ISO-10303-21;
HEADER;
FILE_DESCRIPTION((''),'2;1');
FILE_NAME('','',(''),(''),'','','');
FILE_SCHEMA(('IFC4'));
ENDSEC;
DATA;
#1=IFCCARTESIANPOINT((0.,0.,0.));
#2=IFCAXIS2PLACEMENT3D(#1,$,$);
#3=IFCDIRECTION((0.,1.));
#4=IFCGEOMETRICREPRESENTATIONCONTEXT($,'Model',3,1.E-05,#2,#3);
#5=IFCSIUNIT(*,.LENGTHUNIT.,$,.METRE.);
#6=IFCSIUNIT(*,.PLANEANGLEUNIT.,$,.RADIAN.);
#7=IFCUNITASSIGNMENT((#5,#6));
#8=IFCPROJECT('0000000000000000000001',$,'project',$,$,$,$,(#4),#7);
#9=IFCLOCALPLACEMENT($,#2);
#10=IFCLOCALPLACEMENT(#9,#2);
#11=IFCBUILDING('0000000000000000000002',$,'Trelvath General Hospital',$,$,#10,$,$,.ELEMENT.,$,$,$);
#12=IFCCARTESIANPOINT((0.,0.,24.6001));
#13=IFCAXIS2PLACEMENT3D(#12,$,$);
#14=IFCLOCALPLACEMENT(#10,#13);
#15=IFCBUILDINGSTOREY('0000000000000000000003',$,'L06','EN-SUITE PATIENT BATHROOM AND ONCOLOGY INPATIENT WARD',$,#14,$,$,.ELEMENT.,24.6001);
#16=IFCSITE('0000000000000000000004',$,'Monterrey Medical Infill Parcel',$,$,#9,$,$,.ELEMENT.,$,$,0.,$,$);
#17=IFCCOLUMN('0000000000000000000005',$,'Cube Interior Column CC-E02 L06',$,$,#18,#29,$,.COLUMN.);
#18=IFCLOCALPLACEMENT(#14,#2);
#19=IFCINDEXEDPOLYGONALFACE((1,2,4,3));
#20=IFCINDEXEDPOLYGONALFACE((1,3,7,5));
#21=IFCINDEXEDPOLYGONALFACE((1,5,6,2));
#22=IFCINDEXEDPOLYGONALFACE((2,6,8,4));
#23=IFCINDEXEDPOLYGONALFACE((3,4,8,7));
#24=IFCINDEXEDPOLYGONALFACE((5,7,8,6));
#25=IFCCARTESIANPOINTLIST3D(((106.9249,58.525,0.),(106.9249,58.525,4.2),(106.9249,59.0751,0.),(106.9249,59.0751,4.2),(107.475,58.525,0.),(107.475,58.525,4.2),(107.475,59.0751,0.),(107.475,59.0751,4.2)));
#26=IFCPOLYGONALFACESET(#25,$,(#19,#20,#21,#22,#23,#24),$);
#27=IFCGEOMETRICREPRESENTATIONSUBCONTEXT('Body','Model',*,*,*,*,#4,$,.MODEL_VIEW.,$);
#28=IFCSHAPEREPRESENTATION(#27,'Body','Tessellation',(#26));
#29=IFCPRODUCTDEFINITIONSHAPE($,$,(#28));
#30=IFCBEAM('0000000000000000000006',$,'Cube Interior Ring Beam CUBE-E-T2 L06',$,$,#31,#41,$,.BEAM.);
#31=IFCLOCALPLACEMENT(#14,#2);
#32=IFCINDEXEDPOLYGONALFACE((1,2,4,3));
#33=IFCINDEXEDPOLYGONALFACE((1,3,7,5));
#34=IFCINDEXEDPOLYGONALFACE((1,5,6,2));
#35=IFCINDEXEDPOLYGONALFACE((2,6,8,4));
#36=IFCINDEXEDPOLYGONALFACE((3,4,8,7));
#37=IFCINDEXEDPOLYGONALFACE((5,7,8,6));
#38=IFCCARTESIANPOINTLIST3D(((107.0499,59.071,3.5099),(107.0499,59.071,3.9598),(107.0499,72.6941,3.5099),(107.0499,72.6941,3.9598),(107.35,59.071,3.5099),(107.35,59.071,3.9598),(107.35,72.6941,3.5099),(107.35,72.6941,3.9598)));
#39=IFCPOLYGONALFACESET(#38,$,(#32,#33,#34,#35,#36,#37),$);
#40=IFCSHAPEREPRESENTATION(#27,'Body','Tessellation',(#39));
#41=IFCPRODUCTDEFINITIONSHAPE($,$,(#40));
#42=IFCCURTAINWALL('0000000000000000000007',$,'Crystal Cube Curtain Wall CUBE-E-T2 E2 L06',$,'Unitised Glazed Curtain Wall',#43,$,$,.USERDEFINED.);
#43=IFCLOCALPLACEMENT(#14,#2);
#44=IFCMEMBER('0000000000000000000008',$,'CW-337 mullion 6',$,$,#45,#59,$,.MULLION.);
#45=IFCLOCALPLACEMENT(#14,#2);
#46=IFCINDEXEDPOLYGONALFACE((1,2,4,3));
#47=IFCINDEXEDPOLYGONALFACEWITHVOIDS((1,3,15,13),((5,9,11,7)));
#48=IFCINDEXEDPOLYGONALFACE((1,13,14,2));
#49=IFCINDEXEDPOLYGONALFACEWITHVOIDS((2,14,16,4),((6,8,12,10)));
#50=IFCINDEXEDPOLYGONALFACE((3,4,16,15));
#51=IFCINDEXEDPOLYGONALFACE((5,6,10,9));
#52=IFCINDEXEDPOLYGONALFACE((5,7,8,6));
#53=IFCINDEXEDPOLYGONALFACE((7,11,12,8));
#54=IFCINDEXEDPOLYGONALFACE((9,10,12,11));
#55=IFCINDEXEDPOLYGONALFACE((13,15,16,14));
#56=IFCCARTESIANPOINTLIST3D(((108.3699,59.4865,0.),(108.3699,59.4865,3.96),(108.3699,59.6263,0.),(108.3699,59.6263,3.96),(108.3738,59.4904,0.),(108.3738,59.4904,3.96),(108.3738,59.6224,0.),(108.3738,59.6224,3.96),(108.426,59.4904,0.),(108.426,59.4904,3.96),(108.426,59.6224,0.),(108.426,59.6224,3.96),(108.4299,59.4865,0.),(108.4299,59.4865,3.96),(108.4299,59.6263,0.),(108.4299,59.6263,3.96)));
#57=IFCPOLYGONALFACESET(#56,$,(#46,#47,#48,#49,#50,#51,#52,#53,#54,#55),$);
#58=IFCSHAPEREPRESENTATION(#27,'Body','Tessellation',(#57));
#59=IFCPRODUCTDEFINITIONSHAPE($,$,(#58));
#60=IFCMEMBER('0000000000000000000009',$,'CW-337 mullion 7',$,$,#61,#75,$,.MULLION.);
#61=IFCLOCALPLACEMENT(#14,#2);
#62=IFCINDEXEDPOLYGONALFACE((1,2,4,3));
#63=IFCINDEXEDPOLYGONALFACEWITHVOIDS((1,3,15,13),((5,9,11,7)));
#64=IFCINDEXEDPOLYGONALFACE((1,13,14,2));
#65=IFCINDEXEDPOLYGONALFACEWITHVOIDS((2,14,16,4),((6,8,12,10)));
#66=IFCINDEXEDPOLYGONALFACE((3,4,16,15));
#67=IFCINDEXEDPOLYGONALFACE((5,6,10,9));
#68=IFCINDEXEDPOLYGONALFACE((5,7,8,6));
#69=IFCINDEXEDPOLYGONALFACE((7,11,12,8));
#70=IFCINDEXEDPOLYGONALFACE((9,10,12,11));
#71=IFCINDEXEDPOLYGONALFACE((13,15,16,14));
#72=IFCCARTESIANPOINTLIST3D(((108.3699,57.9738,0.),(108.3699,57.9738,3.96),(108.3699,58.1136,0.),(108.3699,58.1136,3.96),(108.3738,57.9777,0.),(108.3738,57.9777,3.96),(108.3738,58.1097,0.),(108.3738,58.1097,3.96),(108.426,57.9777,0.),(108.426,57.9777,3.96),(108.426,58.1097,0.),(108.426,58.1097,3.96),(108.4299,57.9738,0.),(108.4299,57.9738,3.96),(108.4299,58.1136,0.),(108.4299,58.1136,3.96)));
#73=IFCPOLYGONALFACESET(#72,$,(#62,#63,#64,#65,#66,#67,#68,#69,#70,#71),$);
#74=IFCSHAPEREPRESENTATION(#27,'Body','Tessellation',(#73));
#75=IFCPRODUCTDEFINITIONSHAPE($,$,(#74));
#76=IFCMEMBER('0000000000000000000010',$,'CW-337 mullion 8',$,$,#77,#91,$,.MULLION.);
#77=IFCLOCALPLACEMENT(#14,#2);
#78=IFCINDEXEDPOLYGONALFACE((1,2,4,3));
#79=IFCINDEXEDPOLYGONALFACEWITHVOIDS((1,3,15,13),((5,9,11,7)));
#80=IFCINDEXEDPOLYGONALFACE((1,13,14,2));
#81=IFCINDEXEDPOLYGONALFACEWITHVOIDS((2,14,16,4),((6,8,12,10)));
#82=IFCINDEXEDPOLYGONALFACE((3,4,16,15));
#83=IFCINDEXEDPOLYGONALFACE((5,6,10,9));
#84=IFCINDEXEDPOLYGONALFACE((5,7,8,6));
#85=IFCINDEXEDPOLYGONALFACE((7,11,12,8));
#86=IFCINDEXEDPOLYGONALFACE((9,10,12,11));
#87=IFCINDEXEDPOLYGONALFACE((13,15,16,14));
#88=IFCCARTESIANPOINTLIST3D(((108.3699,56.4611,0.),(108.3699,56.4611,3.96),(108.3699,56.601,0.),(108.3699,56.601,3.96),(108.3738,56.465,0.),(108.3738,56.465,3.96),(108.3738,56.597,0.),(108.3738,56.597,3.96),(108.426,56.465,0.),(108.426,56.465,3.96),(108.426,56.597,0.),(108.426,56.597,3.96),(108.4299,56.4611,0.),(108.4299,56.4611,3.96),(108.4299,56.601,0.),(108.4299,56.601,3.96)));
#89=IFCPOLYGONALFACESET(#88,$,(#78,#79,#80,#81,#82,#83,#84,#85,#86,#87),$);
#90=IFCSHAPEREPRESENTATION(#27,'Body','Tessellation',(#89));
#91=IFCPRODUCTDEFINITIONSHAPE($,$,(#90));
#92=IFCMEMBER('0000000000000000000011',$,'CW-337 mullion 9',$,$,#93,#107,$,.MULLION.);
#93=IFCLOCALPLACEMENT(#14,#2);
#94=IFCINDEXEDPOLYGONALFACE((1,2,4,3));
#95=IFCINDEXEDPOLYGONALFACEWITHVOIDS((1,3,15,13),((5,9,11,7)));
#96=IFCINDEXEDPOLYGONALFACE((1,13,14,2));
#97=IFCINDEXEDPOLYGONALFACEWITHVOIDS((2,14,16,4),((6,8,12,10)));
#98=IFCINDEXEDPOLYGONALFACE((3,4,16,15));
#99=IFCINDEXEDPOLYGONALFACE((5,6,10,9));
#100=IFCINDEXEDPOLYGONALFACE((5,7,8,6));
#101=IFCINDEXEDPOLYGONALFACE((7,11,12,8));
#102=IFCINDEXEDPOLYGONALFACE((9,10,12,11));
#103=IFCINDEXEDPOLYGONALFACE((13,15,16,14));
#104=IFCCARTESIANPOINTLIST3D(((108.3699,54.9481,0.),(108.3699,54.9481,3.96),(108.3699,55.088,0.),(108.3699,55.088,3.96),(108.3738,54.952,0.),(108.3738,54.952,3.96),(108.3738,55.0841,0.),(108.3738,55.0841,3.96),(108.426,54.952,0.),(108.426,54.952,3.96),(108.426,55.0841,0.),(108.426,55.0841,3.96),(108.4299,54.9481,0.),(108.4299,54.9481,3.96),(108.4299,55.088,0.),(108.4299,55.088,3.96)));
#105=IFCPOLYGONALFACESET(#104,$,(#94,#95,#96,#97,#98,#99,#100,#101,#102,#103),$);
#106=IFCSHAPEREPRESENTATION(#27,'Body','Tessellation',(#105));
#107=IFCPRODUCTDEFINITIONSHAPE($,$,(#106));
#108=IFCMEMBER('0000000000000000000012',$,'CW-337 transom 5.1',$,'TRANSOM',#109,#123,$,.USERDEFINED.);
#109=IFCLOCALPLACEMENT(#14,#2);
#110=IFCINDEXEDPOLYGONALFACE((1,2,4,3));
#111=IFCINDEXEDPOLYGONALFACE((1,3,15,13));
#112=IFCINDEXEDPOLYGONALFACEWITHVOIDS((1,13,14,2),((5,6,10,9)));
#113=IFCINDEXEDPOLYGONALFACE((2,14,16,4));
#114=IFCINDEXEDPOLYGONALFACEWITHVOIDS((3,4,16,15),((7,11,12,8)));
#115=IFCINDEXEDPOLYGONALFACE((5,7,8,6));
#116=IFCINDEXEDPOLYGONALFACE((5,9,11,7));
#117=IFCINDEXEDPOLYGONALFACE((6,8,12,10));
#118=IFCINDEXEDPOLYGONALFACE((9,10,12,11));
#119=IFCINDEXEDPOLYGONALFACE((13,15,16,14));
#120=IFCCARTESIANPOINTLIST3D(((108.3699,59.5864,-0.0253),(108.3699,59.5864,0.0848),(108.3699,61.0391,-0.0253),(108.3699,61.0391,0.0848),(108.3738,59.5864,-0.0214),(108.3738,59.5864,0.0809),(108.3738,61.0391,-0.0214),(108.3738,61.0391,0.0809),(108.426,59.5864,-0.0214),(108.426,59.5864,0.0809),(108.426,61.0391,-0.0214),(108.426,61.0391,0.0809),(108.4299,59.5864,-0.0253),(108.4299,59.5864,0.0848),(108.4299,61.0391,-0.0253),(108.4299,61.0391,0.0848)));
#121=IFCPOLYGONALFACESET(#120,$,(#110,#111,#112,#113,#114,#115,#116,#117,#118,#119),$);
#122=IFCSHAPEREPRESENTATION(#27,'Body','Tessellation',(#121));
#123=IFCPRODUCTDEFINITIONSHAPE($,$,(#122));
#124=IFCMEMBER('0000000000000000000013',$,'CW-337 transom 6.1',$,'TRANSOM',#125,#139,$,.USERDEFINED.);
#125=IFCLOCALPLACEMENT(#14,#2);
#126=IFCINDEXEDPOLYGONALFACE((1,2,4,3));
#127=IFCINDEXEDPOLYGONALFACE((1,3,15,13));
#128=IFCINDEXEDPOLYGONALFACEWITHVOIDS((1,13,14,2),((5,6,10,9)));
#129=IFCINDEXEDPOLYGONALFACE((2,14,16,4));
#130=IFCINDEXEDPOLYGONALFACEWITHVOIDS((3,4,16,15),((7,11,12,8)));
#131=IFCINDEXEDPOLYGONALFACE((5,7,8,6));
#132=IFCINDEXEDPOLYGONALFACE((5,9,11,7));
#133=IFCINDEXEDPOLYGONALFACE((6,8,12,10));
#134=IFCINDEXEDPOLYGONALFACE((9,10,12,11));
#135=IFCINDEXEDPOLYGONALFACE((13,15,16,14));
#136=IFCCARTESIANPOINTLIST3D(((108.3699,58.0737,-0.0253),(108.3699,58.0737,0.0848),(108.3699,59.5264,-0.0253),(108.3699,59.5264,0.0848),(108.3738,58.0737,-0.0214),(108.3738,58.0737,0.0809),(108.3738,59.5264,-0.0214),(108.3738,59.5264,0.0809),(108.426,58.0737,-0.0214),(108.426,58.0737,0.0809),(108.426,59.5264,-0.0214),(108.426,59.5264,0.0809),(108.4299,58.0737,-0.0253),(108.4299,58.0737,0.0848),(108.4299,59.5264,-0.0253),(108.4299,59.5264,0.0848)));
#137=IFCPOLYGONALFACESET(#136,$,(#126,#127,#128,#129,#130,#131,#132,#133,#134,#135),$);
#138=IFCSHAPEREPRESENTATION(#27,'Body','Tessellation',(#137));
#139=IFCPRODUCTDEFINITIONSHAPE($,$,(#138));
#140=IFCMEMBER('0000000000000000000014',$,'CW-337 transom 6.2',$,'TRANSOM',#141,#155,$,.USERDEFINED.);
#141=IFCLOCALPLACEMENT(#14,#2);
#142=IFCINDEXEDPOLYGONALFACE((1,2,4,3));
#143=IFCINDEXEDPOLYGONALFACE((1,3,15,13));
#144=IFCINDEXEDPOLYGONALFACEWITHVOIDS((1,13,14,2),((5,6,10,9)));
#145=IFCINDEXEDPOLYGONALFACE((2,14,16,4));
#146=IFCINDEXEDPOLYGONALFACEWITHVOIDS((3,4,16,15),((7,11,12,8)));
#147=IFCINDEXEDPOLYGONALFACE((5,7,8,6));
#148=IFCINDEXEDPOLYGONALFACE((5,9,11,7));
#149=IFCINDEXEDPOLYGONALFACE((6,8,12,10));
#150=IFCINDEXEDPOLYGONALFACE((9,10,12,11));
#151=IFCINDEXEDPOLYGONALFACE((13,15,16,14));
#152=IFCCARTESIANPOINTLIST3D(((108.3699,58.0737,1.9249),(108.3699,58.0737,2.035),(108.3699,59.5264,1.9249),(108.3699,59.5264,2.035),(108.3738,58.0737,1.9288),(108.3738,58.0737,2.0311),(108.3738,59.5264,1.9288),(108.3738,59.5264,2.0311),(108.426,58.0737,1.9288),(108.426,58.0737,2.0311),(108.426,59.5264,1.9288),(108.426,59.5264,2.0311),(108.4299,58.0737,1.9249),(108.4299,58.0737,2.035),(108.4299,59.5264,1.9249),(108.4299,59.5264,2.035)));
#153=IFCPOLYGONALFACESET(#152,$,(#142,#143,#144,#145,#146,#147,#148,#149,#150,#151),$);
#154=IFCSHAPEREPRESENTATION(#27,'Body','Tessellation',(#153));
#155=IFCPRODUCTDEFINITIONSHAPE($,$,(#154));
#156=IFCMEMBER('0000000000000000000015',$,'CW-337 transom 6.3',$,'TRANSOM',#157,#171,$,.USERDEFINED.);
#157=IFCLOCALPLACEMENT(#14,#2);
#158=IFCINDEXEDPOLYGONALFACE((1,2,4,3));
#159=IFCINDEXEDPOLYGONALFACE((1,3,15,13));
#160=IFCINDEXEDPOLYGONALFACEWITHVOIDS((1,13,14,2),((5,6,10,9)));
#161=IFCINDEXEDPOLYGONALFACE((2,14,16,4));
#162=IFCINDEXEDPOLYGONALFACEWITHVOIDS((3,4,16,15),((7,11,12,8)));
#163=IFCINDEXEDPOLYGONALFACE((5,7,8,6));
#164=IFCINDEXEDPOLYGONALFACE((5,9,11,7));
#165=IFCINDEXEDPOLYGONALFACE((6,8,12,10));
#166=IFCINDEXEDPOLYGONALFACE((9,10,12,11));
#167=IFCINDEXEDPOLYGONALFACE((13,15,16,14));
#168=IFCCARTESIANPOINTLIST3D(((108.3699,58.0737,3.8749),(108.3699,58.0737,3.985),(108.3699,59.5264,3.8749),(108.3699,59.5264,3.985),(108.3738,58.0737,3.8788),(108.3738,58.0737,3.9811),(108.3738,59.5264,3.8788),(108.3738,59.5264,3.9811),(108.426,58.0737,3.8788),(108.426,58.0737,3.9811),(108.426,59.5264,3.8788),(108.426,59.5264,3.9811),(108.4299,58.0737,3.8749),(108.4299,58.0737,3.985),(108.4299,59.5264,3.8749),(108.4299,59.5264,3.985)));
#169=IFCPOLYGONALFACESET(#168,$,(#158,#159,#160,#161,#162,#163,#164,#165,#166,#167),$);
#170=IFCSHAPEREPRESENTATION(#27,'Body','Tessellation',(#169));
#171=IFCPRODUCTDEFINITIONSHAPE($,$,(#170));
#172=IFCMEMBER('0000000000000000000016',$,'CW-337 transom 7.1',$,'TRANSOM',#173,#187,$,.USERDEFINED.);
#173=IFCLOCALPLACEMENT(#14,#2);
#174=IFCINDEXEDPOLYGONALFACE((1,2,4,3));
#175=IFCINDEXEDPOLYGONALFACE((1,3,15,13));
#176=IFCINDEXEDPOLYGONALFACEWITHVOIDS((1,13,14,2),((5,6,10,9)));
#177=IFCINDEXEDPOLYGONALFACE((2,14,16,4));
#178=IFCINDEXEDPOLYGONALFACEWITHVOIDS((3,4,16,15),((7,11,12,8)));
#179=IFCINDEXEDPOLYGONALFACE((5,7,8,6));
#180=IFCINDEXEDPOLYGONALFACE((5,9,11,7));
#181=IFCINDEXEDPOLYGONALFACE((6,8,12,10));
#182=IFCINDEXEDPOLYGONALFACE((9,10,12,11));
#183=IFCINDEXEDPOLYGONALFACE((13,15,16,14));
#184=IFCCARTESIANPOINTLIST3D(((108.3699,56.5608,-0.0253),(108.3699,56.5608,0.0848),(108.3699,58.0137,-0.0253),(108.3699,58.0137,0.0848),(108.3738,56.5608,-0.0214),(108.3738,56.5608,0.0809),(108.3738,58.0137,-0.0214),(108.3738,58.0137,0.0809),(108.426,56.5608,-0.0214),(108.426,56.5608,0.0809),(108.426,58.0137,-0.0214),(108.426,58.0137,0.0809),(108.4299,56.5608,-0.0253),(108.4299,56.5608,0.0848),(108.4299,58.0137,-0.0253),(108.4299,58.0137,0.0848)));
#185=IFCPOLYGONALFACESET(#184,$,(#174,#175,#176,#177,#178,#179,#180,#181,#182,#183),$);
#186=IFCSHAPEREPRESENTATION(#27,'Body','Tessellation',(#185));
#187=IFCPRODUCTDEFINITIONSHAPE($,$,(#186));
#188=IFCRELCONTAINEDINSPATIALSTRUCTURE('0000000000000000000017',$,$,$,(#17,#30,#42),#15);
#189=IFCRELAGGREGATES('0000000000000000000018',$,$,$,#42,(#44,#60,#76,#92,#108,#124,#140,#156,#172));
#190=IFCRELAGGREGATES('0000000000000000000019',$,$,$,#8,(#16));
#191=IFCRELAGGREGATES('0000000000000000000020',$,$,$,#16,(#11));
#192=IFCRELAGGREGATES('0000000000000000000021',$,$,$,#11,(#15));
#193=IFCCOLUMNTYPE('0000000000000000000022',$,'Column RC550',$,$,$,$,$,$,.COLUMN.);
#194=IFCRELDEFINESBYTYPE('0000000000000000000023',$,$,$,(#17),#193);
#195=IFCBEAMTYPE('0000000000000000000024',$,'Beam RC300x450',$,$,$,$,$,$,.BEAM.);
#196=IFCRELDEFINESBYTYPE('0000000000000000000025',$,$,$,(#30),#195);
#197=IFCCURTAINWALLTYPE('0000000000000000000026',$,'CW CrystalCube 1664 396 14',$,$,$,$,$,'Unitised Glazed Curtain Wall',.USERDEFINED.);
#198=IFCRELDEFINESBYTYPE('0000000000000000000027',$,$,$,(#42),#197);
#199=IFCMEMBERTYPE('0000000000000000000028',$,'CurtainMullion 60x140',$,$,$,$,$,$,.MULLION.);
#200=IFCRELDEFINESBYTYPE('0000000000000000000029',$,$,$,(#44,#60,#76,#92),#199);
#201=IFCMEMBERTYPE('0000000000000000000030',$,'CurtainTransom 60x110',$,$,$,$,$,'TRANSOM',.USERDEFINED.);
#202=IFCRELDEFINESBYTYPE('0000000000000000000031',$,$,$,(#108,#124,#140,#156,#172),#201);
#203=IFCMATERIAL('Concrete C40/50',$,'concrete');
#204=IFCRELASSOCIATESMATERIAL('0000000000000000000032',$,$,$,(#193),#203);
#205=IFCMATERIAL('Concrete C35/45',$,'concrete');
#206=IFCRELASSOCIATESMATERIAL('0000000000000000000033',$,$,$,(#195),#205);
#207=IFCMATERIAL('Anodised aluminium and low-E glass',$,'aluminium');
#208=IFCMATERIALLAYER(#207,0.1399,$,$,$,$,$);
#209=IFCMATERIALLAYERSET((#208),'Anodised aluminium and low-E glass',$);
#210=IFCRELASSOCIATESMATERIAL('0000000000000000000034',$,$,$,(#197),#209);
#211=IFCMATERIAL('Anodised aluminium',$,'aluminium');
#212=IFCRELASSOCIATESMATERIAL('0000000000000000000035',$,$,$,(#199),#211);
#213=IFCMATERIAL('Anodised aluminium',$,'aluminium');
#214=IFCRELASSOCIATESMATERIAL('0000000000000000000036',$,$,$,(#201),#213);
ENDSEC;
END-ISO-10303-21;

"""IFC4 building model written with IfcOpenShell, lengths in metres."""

from ifc_helpers import new_model, si_unit, direction, frame, origin, origin_2d, place, context, subcontext, project, spatial, rectangle, hollow_rectangle, extrude, material, layer, layer_set, material_profile, profile_set, type_object, element, aggregate, save


model = new_model("IFC4")

# Units and contexts
model_context = context("Model", 3, precision=1e-05, world=origin(), true_north=direction((0.0, 1.0)))
body_context = subcontext(model_context, "Body", "Model", "MODEL_VIEW")
ifc_project = project(units=[si_unit("LENGTHUNIT", "METRE"), si_unit("PLANEANGLEUNIT", "RADIAN")], contexts=[model_context])

# Site, building, storey
site_placement = place(None, origin())
site = spatial("IfcSite", under=ifc_project, at=site_placement, Name="Monterrey Medical Infill Parcel", CompositionType="ELEMENT", RefElevation=0.0)
building_placement = place(site_placement, origin())
building = spatial("IfcBuilding", under=site, at=building_placement, Name="Trelvath General Hospital", CompositionType="ELEMENT")
storey_placement = place(building_placement, frame((0.0, 0.0, 24.6001)))
storey = spatial("IfcBuildingStorey", under=building, at=storey_placement, Name="L06", Description="EN-SUITE PATIENT BATHROOM AND ONCOLOGY INPATIENT WARD", CompositionType="ELEMENT", Elevation=24.6001)

# Column
ifc_material_1 = material(Name="Concrete C40/50", Category="concrete")
ifc_material_profile_1 = material_profile(ifc_material_1, rectangle(XDim=0.55, YDim=0.55, at=origin_2d()), Name="RC550x550")
ifc_profile_set_1 = profile_set([ifc_material_profile_1], Name="Concrete C40/50")
column_type = type_object("IfcColumnType", Name="Column RC550", PredefinedType="COLUMN", material=ifc_profile_set_1)
column_placement = place(storey_placement, frame((107.2, 58.8, 0.0), z_axis=(0.0, 0.0, 1.0), x_axis=(1.0, 0.0, 0.0)))
element("IfcColumn", 1, at=column_placement, inside=storey, type_object=column_type, Name="Cube Interior Column CC-E02 L06", PredefinedType="COLUMN", context=body_context, shape_type="SweptSolid", body=[
    extrude(rectangle(XDim=0.55, YDim=0.55, at=origin_2d()), origin(), (0.0, 0.0, 1.0), 4.2),
])

# Beam
ifc_material_2 = material(Name="Concrete C35/45", Category="concrete")
ifc_material_profile_2 = material_profile(ifc_material_2, rectangle(XDim=0.3, YDim=0.45, at=origin_2d()), Name="RCB300x450")
ifc_profile_set_2 = profile_set([ifc_material_profile_2], Name="Concrete C35/45")
beam_type = type_object("IfcBeamType", Name="Beam RC300x450", PredefinedType="BEAM", material=ifc_profile_set_2)
beam_placement = place(storey_placement, frame((107.2, 59.071, 3.7349), z_axis=(0.0, 1.0, 0.0), x_axis=(-1.0, 0.0, 0.0)))
element("IfcBeam", 2, at=beam_placement, inside=storey, type_object=beam_type, Name="Cube Interior Ring Beam CUBE-E-T2 L06", PredefinedType="BEAM", context=body_context, shape_type="SweptSolid", body=[
    extrude(rectangle(XDim=0.3, YDim=0.45, at=origin_2d()), origin(), (0.0, 0.0, 1.0), 13.623),
])

# Curtain wall, members
ifc_material_3 = material(Name="Anodised aluminium and low-E glass", Category="aluminium")
ifc_layer_1 = layer(ifc_material_3, 0.1399)
ifc_layer_set_1 = layer_set([ifc_layer_1], Name="Anodised aluminium and low-E glass")
curtain_wall_type = type_object("IfcCurtainWallType", Name="CW CrystalCube 1664 396 14", ElementType="Unitised Glazed Curtain Wall", PredefinedType="USERDEFINED", material=ifc_layer_set_1)
curtain_wall_placement = place(storey_placement, origin())
curtain_wall = element("IfcCurtainWall", 3, at=curtain_wall_placement, inside=storey, type_object=curtain_wall_type, Name="Crystal Cube Curtain Wall CUBE-E-T2 E2 L06", ObjectType="Unitised Glazed Curtain Wall", PredefinedType="USERDEFINED")
ifc_material_4 = material(Name="Anodised aluminium", Category="aluminium")
ifc_material_profile_3 = material_profile(ifc_material_4, hollow_rectangle(XDim=0.0601, YDim=0.1399, WallThickness=0.0039, at=origin_2d()), Name="RHS60x140x4")
ifc_profile_set_3 = profile_set([ifc_material_profile_3], Name="Anodised aluminium")
member_type_1 = type_object("IfcMemberType", Name="CurtainMullion 60x140", PredefinedType="MULLION", material=ifc_profile_set_3)
member_1_placement = place(storey_placement, frame((108.3999, 59.5564, 0.0), z_axis=(0.0, 0.0, 1.0), x_axis=(1.0, 0.0, 0.0)))
member_1 = element("IfcMember", 4, at=member_1_placement, type_object=member_type_1, Name="CW-337 mullion 6", PredefinedType="MULLION", context=body_context, shape_type="SweptSolid", body=[
    extrude(hollow_rectangle(XDim=0.0601, YDim=0.1399, WallThickness=0.0039, at=origin_2d()), origin(), (0.0, 0.0, 1.0), 3.96),
])
member_2_placement = place(storey_placement, frame((108.3999, 58.0437, 0.0), z_axis=(0.0, 0.0, 1.0), x_axis=(1.0, 0.0, 0.0)))
member_2 = element("IfcMember", 5, at=member_2_placement, type_object=member_type_1, Name="CW-337 mullion 7", PredefinedType="MULLION", context=body_context, shape_type="SweptSolid", body=[
    extrude(hollow_rectangle(XDim=0.0601, YDim=0.1399, WallThickness=0.0039, at=origin_2d()), origin(), (0.0, 0.0, 1.0), 3.96),
])
member_3_placement = place(storey_placement, frame((108.3999, 56.531, 0.0), z_axis=(0.0, 0.0, 1.0), x_axis=(1.0, 0.0, 0.0)))
member_3 = element("IfcMember", 6, at=member_3_placement, type_object=member_type_1, Name="CW-337 mullion 8", PredefinedType="MULLION", context=body_context, shape_type="SweptSolid", body=[
    extrude(hollow_rectangle(XDim=0.0601, YDim=0.1399, WallThickness=0.0039, at=origin_2d()), origin(), (0.0, 0.0, 1.0), 3.96),
])
member_4_placement = place(storey_placement, frame((108.3999, 55.0181, 0.0), z_axis=(0.0, 0.0, 1.0), x_axis=(1.0, 0.0, 0.0)))
member_4 = element("IfcMember", 7, at=member_4_placement, type_object=member_type_1, Name="CW-337 mullion 9", PredefinedType="MULLION", context=body_context, shape_type="SweptSolid", body=[
    extrude(hollow_rectangle(XDim=0.0601, YDim=0.1399, WallThickness=0.0039, at=origin_2d()), origin(), (0.0, 0.0, 1.0), 3.96),
])
ifc_material_5 = material(Name="Anodised aluminium", Category="aluminium")
ifc_material_profile_4 = material_profile(ifc_material_5, hollow_rectangle(XDim=0.0601, YDim=0.1101, WallThickness=0.0039, at=origin_2d()), Name="RHS60x110x4")
ifc_profile_set_4 = profile_set([ifc_material_profile_4], Name="Anodised aluminium")
member_type_2 = type_object("IfcMemberType", Name="CurtainTransom 60x110", ElementType="TRANSOM", PredefinedType="USERDEFINED", material=ifc_profile_set_4)
member_5_placement = place(storey_placement, frame((108.3999, 61.0391, 0.0298), z_axis=(0.0, -1.0, 0.0), x_axis=(1.0, 0.0, 0.0)))
member_5 = element("IfcMember", 8, at=member_5_placement, type_object=member_type_2, Name="CW-337 transom 5.1", ObjectType="TRANSOM", PredefinedType="USERDEFINED", context=body_context, shape_type="SweptSolid", body=[
    extrude(hollow_rectangle(XDim=0.0601, YDim=0.1101, WallThickness=0.0039, at=origin_2d()), origin(), (0.0, 0.0, 1.0), 1.4526),
])
member_6_placement = place(storey_placement, frame((108.3999, 59.5264, 0.0298), z_axis=(0.0, -1.0, 0.0), x_axis=(1.0, 0.0, 0.0)))
member_6 = element("IfcMember", 9, at=member_6_placement, type_object=member_type_2, Name="CW-337 transom 6.1", ObjectType="TRANSOM", PredefinedType="USERDEFINED", context=body_context, shape_type="SweptSolid", body=[
    extrude(hollow_rectangle(XDim=0.0601, YDim=0.1101, WallThickness=0.0039, at=origin_2d()), origin(), (0.0, 0.0, 1.0), 1.4526),
])
member_7_placement = place(storey_placement, frame((108.3999, 59.5264, 1.98), z_axis=(0.0, -1.0, 0.0), x_axis=(1.0, 0.0, 0.0)))
member_7 = element("IfcMember", 10, at=member_7_placement, type_object=member_type_2, Name="CW-337 transom 6.2", ObjectType="TRANSOM", PredefinedType="USERDEFINED", context=body_context, shape_type="SweptSolid", body=[
    extrude(hollow_rectangle(XDim=0.0601, YDim=0.1101, WallThickness=0.0039, at=origin_2d()), origin(), (0.0, 0.0, 1.0), 1.4526),
])
member_8_placement = place(storey_placement, frame((108.3999, 59.5264, 3.9299), z_axis=(0.0, -1.0, 0.0), x_axis=(1.0, 0.0, 0.0)))
member_8 = element("IfcMember", 11, at=member_8_placement, type_object=member_type_2, Name="CW-337 transom 6.3", ObjectType="TRANSOM", PredefinedType="USERDEFINED", context=body_context, shape_type="SweptSolid", body=[
    extrude(hollow_rectangle(XDim=0.0601, YDim=0.1101, WallThickness=0.0039, at=origin_2d()), origin(), (0.0, 0.0, 1.0), 1.4526),
])
member_9_placement = place(storey_placement, frame((108.3999, 58.0137, 0.0298), z_axis=(0.0, -1.0, 0.0), x_axis=(1.0, 0.0, 0.0)))
member_9 = element("IfcMember", 12, at=member_9_placement, type_object=member_type_2, Name="CW-337 transom 7.1", ObjectType="TRANSOM", PredefinedType="USERDEFINED", context=body_context, shape_type="SweptSolid", body=[
    extrude(hollow_rectangle(XDim=0.0601, YDim=0.1101, WallThickness=0.0039, at=origin_2d()), origin(), (0.0, 0.0, 1.0), 1.4529),
])
aggregate(curtain_wall, [member_1, member_2, member_3, member_4, member_5, member_6, member_7, member_8, member_9])

save(model, "model.ifc")
